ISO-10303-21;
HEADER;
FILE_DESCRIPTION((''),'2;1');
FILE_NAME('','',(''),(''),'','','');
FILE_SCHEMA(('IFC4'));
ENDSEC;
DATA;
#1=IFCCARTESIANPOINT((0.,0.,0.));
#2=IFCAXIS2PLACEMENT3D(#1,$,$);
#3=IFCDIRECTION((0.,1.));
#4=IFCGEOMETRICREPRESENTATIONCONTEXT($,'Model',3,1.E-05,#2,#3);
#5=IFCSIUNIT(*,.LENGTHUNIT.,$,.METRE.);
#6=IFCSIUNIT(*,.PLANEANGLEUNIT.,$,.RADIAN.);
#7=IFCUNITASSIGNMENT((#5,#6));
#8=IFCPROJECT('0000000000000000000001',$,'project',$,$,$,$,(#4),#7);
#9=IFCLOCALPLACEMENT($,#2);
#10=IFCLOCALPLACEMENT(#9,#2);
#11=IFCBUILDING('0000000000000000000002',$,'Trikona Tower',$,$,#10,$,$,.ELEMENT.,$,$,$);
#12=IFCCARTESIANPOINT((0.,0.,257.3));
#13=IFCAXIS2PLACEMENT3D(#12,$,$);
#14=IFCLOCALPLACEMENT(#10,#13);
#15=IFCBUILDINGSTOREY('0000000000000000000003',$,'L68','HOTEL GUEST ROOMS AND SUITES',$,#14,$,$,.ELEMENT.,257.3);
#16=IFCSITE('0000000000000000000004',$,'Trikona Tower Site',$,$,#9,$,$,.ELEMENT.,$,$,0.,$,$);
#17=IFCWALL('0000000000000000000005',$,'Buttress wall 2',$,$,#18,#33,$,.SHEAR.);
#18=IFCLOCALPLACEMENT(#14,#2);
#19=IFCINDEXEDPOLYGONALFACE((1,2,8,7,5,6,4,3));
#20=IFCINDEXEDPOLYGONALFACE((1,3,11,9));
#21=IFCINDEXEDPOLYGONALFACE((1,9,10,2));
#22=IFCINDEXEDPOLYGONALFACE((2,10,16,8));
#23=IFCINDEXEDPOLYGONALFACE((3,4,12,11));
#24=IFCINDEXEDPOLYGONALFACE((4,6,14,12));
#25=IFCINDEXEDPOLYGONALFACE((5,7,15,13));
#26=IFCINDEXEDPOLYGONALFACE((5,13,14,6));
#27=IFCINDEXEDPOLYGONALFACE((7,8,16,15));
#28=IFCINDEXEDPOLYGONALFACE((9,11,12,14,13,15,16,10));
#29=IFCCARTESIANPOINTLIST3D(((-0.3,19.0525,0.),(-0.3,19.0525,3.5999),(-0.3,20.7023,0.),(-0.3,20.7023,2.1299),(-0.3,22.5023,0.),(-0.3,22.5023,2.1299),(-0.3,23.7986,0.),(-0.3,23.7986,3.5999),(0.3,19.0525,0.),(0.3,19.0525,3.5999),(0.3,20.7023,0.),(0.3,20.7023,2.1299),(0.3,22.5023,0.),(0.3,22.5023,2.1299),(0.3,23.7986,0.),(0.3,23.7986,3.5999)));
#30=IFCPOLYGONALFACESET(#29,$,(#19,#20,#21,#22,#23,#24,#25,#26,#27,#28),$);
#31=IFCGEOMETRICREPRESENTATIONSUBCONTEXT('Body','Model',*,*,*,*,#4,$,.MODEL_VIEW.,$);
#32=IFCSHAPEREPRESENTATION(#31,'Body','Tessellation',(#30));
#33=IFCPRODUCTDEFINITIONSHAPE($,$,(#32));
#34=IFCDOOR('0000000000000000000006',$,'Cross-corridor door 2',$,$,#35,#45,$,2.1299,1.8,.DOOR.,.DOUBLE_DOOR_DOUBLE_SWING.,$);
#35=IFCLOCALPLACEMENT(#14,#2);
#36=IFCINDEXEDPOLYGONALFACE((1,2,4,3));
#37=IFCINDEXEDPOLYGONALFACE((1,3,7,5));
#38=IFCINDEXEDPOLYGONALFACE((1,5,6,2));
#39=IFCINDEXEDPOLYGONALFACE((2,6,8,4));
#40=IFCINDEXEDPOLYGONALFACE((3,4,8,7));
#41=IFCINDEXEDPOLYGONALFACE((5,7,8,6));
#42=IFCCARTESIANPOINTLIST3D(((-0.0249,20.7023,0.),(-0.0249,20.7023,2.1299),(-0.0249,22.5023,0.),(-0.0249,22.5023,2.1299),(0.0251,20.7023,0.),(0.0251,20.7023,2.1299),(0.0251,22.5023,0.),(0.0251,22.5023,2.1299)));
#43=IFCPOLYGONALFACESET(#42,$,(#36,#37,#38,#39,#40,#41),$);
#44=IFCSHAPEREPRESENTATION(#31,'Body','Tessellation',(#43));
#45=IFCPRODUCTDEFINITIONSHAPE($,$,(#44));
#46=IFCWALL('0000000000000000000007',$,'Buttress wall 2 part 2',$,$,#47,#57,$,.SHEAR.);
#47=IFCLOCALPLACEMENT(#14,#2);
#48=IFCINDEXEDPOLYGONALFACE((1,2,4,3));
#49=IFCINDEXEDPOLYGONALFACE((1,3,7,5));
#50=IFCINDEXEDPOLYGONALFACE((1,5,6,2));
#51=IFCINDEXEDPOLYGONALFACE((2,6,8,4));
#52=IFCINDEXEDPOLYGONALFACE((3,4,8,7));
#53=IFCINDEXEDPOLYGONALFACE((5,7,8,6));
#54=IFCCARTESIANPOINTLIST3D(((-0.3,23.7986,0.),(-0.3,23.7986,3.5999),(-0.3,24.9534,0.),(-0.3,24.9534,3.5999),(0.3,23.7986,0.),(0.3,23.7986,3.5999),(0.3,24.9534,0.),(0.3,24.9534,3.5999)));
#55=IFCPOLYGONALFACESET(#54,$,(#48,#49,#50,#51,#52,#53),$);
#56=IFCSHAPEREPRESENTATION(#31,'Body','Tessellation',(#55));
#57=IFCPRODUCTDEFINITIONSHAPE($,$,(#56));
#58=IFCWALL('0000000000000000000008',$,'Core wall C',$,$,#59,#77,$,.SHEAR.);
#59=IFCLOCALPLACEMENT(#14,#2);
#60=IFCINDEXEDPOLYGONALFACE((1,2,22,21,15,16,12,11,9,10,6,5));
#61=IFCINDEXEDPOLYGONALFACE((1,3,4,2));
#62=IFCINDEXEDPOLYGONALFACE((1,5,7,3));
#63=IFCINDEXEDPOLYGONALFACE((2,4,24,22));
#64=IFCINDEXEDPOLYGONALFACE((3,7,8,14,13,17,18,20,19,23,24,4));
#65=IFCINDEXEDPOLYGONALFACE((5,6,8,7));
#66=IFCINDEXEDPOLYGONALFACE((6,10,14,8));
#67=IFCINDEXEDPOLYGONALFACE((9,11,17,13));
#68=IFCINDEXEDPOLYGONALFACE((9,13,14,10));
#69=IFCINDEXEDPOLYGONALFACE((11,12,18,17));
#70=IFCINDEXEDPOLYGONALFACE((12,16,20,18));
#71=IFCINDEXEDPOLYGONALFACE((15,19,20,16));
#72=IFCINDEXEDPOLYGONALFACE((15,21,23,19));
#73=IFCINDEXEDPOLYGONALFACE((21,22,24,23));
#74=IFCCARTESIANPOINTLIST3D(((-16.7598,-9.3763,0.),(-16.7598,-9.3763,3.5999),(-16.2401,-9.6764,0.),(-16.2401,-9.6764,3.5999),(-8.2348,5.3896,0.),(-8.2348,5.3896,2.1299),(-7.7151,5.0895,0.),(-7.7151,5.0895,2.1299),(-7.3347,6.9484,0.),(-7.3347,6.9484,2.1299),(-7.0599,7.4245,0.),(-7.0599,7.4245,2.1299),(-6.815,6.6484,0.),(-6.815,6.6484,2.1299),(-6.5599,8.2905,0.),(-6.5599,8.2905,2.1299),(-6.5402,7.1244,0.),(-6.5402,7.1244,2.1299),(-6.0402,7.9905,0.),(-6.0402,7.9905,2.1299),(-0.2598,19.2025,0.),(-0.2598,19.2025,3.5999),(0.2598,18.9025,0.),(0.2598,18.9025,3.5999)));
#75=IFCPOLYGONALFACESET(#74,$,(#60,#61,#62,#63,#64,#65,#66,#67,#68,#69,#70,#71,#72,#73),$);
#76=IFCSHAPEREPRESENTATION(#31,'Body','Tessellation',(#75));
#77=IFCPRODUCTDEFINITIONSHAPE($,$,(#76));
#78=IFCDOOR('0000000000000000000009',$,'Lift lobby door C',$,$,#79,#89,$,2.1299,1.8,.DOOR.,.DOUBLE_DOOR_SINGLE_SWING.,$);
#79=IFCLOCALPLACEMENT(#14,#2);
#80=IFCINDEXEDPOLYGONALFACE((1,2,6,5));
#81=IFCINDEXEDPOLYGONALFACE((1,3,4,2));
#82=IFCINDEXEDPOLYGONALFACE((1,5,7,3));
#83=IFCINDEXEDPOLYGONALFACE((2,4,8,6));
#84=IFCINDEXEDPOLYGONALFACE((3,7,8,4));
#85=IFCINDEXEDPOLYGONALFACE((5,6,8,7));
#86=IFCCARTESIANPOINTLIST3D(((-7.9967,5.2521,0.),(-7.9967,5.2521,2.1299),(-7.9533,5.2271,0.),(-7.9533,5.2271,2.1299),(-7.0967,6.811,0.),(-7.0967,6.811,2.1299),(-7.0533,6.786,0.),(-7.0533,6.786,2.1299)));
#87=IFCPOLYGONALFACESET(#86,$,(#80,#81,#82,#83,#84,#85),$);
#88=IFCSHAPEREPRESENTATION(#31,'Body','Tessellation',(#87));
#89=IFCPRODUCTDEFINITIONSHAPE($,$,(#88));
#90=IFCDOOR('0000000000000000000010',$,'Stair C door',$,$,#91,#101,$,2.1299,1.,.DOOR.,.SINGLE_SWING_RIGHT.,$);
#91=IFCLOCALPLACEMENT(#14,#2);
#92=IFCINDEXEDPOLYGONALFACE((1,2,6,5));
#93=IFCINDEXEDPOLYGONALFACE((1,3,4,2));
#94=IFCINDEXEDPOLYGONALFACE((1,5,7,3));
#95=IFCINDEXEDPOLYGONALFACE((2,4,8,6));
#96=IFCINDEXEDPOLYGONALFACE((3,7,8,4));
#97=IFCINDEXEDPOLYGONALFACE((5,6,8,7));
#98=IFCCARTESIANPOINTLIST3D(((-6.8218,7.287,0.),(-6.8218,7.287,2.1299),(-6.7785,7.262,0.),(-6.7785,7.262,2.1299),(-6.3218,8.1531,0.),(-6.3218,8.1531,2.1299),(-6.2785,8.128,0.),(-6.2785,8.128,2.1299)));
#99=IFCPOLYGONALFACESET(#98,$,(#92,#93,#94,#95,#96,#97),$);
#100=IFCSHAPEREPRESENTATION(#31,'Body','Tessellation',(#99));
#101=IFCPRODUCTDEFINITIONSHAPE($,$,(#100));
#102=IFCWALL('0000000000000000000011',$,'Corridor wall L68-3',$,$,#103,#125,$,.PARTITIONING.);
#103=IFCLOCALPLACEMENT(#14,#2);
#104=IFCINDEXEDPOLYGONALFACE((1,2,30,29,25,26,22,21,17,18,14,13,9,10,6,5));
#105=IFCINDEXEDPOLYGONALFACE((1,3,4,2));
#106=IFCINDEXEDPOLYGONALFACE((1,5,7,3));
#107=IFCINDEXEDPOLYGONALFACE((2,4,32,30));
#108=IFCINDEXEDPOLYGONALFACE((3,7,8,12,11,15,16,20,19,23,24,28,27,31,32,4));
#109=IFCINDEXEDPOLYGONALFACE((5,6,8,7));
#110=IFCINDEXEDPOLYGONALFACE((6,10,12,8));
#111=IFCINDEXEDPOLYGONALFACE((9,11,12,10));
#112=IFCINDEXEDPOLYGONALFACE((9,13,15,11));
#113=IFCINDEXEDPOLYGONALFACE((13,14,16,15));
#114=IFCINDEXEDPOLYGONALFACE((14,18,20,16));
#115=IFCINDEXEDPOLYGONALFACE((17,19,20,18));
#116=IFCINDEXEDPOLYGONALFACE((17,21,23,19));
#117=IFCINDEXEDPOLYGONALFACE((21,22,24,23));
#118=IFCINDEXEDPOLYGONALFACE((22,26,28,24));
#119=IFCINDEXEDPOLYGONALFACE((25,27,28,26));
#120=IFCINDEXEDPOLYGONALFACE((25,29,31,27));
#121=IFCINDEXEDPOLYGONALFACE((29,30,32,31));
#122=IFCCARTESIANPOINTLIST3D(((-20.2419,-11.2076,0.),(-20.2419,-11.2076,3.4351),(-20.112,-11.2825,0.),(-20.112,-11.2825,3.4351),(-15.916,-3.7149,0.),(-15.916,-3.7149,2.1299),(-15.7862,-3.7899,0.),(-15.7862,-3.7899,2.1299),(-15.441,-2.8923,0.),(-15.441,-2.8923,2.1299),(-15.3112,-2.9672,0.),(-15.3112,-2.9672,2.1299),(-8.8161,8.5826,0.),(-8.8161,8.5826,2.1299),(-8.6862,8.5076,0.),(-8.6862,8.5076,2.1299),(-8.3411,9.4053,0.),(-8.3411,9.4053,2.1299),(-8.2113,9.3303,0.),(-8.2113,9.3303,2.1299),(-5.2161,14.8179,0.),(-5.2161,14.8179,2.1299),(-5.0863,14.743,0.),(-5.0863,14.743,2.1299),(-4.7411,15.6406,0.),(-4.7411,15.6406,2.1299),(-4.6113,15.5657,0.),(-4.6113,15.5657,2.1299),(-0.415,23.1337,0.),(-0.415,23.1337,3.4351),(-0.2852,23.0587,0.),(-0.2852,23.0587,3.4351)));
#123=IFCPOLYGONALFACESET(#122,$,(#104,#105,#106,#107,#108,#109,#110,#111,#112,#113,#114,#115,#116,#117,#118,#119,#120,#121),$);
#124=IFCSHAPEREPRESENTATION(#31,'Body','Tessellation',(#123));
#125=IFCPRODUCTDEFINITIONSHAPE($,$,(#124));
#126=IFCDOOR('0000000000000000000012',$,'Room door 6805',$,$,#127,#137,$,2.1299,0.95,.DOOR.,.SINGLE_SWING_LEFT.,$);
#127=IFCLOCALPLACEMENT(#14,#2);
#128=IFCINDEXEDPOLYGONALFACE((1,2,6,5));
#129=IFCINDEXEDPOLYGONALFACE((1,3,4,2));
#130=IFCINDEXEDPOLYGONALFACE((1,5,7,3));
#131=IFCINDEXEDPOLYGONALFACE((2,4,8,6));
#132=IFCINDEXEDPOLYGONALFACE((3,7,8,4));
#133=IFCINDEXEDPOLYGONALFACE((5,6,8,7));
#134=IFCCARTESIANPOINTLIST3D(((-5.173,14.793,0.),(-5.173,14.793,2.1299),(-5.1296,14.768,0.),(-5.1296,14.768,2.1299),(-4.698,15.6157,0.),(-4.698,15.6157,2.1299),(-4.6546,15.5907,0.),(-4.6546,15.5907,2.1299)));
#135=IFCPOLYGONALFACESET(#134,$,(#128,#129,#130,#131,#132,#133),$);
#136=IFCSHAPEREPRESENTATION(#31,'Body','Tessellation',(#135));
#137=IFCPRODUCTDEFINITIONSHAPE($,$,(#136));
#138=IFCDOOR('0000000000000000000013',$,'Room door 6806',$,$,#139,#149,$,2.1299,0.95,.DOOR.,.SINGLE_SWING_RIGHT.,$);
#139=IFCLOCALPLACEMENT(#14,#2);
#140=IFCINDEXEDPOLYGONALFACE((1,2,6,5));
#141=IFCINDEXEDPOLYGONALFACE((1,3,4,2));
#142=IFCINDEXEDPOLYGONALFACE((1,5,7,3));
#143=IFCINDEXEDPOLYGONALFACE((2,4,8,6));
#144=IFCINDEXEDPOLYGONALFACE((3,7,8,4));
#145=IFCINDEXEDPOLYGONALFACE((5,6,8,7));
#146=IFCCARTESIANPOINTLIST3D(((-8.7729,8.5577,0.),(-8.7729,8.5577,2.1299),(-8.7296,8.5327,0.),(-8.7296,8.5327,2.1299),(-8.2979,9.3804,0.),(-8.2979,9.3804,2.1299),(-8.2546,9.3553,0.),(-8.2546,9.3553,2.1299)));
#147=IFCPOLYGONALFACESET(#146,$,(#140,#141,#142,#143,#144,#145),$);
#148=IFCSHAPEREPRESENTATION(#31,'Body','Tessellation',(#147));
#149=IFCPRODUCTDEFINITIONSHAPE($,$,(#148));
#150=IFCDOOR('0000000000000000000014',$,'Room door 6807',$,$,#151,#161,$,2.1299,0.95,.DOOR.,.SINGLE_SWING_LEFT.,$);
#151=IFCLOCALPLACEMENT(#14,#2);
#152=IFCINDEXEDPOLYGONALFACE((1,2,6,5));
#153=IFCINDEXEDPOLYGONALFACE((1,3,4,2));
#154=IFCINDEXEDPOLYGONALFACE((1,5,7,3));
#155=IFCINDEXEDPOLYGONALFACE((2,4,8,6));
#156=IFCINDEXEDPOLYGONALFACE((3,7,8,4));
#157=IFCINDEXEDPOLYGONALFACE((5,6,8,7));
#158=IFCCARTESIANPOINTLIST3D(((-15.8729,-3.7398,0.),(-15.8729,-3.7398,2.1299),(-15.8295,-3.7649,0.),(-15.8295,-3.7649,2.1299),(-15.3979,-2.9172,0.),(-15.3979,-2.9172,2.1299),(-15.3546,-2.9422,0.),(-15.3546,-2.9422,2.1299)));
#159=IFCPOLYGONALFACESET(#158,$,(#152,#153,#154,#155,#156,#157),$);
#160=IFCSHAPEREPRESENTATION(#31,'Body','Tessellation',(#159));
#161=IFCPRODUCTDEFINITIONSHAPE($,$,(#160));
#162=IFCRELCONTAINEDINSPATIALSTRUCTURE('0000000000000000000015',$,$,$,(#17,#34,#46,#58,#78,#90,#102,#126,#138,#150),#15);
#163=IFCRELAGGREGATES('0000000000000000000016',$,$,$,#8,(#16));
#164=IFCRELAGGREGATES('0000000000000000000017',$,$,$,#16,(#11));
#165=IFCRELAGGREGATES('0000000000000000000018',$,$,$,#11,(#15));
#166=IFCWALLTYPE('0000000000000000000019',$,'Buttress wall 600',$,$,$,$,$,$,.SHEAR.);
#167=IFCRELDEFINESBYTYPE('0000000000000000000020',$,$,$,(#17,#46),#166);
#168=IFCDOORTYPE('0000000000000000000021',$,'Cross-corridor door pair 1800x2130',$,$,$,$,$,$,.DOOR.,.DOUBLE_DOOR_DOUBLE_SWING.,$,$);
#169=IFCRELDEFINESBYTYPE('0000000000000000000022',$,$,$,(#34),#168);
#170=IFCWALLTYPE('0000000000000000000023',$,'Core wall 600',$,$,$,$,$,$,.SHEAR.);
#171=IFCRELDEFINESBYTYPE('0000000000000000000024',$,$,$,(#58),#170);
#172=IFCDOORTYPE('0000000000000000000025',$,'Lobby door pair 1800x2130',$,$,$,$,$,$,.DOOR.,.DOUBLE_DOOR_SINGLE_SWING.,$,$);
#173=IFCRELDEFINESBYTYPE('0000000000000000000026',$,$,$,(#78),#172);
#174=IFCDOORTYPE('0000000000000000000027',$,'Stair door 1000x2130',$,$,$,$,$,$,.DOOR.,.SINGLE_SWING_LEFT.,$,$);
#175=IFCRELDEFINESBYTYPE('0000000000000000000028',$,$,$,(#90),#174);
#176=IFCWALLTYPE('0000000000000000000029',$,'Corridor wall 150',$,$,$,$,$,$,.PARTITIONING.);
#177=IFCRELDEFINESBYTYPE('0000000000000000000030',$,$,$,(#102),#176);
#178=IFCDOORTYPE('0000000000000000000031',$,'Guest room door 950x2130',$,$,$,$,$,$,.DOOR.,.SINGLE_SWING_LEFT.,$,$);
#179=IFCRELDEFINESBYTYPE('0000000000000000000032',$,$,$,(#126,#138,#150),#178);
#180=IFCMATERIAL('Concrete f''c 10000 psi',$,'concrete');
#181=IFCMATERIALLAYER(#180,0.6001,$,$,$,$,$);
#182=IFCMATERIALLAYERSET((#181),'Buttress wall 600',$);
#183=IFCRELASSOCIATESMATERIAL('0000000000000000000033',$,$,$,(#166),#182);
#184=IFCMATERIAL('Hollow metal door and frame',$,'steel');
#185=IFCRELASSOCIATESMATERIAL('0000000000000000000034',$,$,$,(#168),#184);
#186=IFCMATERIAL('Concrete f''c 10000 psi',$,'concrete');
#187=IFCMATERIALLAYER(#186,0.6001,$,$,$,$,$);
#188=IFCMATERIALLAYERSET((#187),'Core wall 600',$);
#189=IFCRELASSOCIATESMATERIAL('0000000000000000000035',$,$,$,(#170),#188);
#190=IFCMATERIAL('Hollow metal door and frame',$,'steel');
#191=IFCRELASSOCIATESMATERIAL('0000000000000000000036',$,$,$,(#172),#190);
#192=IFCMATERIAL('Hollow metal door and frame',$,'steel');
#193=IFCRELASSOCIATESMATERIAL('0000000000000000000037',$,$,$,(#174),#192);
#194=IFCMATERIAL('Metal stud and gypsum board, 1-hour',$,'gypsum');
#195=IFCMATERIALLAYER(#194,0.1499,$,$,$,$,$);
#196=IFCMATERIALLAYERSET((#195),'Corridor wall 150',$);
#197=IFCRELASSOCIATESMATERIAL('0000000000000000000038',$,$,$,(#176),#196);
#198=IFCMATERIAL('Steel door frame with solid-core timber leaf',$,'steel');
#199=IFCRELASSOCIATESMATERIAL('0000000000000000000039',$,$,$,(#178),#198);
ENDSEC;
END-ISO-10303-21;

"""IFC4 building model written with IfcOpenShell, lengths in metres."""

from ifc_helpers import new_model, si_unit, direction, frame, frame_2d, origin, place, context, subcontext, project, spatial, rectangle, extrude, material, layer, layer_set, type_object, element, fill, save


model = new_model("IFC4")

# Units and contexts
model_context = context("Model", 3, precision=1e-05, world=origin(), true_north=direction((0.0, 1.0)))
body_context = subcontext(model_context, "Body", "Model", "MODEL_VIEW")
ifc_project = project(units=[si_unit("LENGTHUNIT", "METRE"), si_unit("PLANEANGLEUNIT", "RADIAN")], contexts=[model_context])

# Site, building, storey
site_placement = place(None, origin())
site = spatial("IfcSite", under=ifc_project, at=site_placement, Name="Trikona Tower Site", CompositionType="ELEMENT", RefElevation=0.0)
building_placement = place(site_placement, origin())
building = spatial("IfcBuilding", under=site, at=building_placement, Name="Trikona Tower", CompositionType="ELEMENT")
storey_placement = place(building_placement, frame((0.0, 0.0, 257.3)))
storey = spatial("IfcBuildingStorey", under=building, at=storey_placement, Name="L68", Description="HOTEL GUEST ROOMS AND SUITES", CompositionType="ELEMENT", Elevation=257.3)

# Wall, opening, door
ifc_material_1 = material(Name="Concrete f'c 10000 psi", Category="concrete")
ifc_layer_1 = layer(ifc_material_1, 0.6001)
ifc_layer_set_1 = layer_set([ifc_layer_1], Name="Buttress wall 600")
wall_type_1 = type_object("IfcWallType", Name="Buttress wall 600", PredefinedType="SHEAR", material=ifc_layer_set_1)
wall_1_placement = place(storey_placement, frame((0.0, 19.0525, 0.0), z_axis=(0.0, 0.0, 1.0), x_axis=(0.0, 1.0, 0.0)))
wall_1 = element("IfcWall", 1, at=wall_1_placement, inside=storey, type_object=wall_type_1, Name="Buttress wall 2", PredefinedType="SHEAR", context=body_context, shape_type="SweptSolid", body=[
    extrude(rectangle(XDim=4.7461, YDim=0.6001, at=frame_2d((2.373, 0.0))), origin(), (0.0, 0.0, 1.0), 3.5999),
])
opening_1_placement = place(wall_1_placement, frame((1.6499, 0.0, 0.0)))
opening_1 = element("IfcOpeningElement", 2, at=opening_1_placement, cuts=wall_1, PredefinedType="OPENING", context=body_context, shape_type="SweptSolid", body=[
    extrude(rectangle(XDim=1.8, YDim=2.1299, at=frame_2d((0.8999, 1.0649))), frame((0.0, 0.3101, 0.0), z_axis=(0.0, -1.0, 0.0), x_axis=(1.0, 0.0, 0.0)), (0.0, 0.0, 1.0), 0.6201),
])
ifc_material_2 = material(Name="Hollow metal door and frame", Category="steel")
door_type_1 = type_object("IfcDoorType", Name="Cross-corridor door pair 1800x2130", OperationType="DOUBLE_DOOR_DOUBLE_SWING", PredefinedType="DOOR", material=ifc_material_2)
door_1_placement = place(opening_1_placement, origin())
door_1 = element("IfcDoor", 3, at=door_1_placement, inside=storey, type_object=door_type_1, Name="Cross-corridor door 2", OperationType="DOUBLE_DOOR_DOUBLE_SWING", OverallHeight=2.1299, OverallWidth=1.8, PredefinedType="DOOR", context=body_context, shape_type="SweptSolid", body=[
    extrude(rectangle(XDim=1.8, YDim=2.1299, at=frame_2d((0.8999, 1.0649))), frame((0.0, 0.0249, 0.0), z_axis=(0.0, -1.0, 0.0), x_axis=(1.0, 0.0, 0.0)), (0.0, 0.0, 1.0), 0.05),
])
fill(opening_1, door_1)

# Wall
wall_2_placement = place(storey_placement, frame((0.0, 23.7986, 0.0), z_axis=(0.0, 0.0, 1.0), x_axis=(0.0, 1.0, 0.0)))
element("IfcWall", 4, at=wall_2_placement, inside=storey, type_object=wall_type_1, Name="Buttress wall 2 part 2", PredefinedType="SHEAR", context=body_context, shape_type="SweptSolid", body=[
    extrude(rectangle(XDim=1.1548, YDim=0.6001, at=frame_2d((0.5774, 0.0))), origin(), (0.0, 0.0, 1.0), 3.5999),
])

# Walls, openings, doors
ifc_material_3 = material(Name="Concrete f'c 10000 psi", Category="concrete")
ifc_layer_2 = layer(ifc_material_3, 0.6001)
ifc_layer_set_2 = layer_set([ifc_layer_2], Name="Core wall 600")
wall_type_2 = type_object("IfcWallType", Name="Core wall 600", PredefinedType="SHEAR", material=ifc_layer_set_2)
wall_3_placement = place(storey_placement, frame((0.0, 19.0525, 0.0), z_axis=(0.0, 0.0, 1.0), x_axis=(-0.5, -0.866026, 0.0)))
wall_3 = element("IfcWall", 5, at=wall_3_placement, inside=storey, type_object=wall_type_2, Name="Core wall C", PredefinedType="SHEAR", context=body_context, shape_type="SweptSolid", body=[
    extrude(rectangle(XDim=33.0, YDim=0.6001, at=frame_2d((16.5, 0.0))), origin(), (0.0, 0.0, 1.0), 3.5999),
])
opening_2_placement = place(wall_3_placement, frame((14.1499, 0.0, 0.0)))
opening_2 = element("IfcOpeningElement", 6, at=opening_2_placement, cuts=wall_3, PredefinedType="OPENING", context=body_context, shape_type="SweptSolid", body=[
    extrude(rectangle(XDim=1.8, YDim=2.1299, at=frame_2d((0.8999, 1.0649))), frame((0.0, 0.3101, 0.0), z_axis=(0.0, -1.0, 0.0), x_axis=(1.0, 0.0, 0.0)), (0.0, 0.0, 1.0), 0.6201),
])
opening_3_placement = place(wall_3_placement, frame((12.6001, 0.0, 0.0)))
opening_3 = element("IfcOpeningElement", 7, at=opening_3_placement, cuts=wall_3, PredefinedType="OPENING", context=body_context, shape_type="SweptSolid", body=[
    extrude(rectangle(XDim=1.0, YDim=2.1299, at=frame_2d((0.5, 1.0649))), frame((0.0, 0.3101, 0.0), z_axis=(0.0, -1.0, 0.0), x_axis=(1.0, 0.0, 0.0)), (0.0, 0.0, 1.0), 0.6201),
])
ifc_material_4 = material(Name="Hollow metal door and frame", Category="steel")
door_type_2 = type_object("IfcDoorType", Name="Lobby door pair 1800x2130", OperationType="DOUBLE_DOOR_SINGLE_SWING", PredefinedType="DOOR", material=ifc_material_4)
door_2_placement = place(opening_2_placement, origin())
door_2 = element("IfcDoor", 8, at=door_2_placement, inside=storey, type_object=door_type_2, Name="Lift lobby door C", OperationType="DOUBLE_DOOR_SINGLE_SWING", OverallHeight=2.1299, OverallWidth=1.8, PredefinedType="DOOR", context=body_context, shape_type="SweptSolid", body=[
    extrude(rectangle(XDim=1.8, YDim=2.1299, at=frame_2d((0.8999, 1.0649))), frame((0.0, 0.0249, 0.0), z_axis=(0.0, -1.0, 0.0), x_axis=(1.0, 0.0, 0.0)), (0.0, 0.0, 1.0), 0.05),
])
fill(opening_2, door_2)
ifc_material_5 = material(Name="Hollow metal door and frame", Category="steel")
door_type_3 = type_object("IfcDoorType", Name="Stair door 1000x2130", OperationType="SINGLE_SWING_LEFT", PredefinedType="DOOR", material=ifc_material_5)
door_3_placement = place(opening_3_placement, origin())
door_3 = element("IfcDoor", 9, at=door_3_placement, inside=storey, type_object=door_type_3, Name="Stair C door", OperationType="SINGLE_SWING_RIGHT", OverallHeight=2.1299, OverallWidth=1.0, PredefinedType="DOOR", context=body_context, shape_type="SweptSolid", body=[
    extrude(rectangle(XDim=1.0, YDim=2.1299, at=frame_2d((0.5, 1.0649))), frame((0.0, 0.0249, 0.0), z_axis=(0.0, -1.0, 0.0), x_axis=(1.0, 0.0, 0.0)), (0.0, 0.0, 1.0), 0.05),
])
fill(opening_3, door_3)
ifc_material_6 = material(Name="Metal stud and gypsum board, 1-hour", Category="gypsum")
ifc_layer_3 = layer(ifc_material_6, 0.1499)
ifc_layer_set_3 = layer_set([ifc_layer_3], Name="Corridor wall 150")
wall_type_3 = type_object("IfcWallType", Name="Corridor wall 150", PredefinedType="PARTITIONING", material=ifc_layer_set_3)
wall_4_placement = place(storey_placement, frame((-0.3501, 23.0962, 0.0), z_axis=(0.0, 0.0, 1.0), x_axis=(-0.499999, -0.866026, 0.0)))
wall_4 = element("IfcWall", 10, at=wall_4_placement, inside=storey, type_object=wall_type_3, Name="Corridor wall L68-3", PredefinedType="PARTITIONING", context=body_context, shape_type="SweptSolid", body=[
    extrude(rectangle(XDim=39.6538, YDim=0.1499, at=frame_2d((19.8269, 0.0))), origin(), (0.0, 0.0, 1.0), 3.4351),
])
opening_4_placement = place(wall_4_placement, frame((8.6521, 0.0, 0.0)))
opening_4 = element("IfcOpeningElement", 11, at=opening_4_placement, cuts=wall_4, PredefinedType="OPENING", context=body_context, shape_type="SweptSolid", body=[
    extrude(rectangle(XDim=0.95, YDim=2.1299, at=frame_2d((0.4751, 1.0649))), frame((0.0, 0.085, 0.0), z_axis=(0.0, -1.0, 0.0), x_axis=(1.0, 0.0, 0.0)), (0.0, 0.0, 1.0), 0.1699),
])
opening_5_placement = place(wall_4_placement, frame((15.8521, 0.0, 0.0)))
opening_5 = element("IfcOpeningElement", 12, at=opening_5_placement, cuts=wall_4, PredefinedType="OPENING", context=body_context, shape_type="SweptSolid", body=[
    extrude(rectangle(XDim=0.95, YDim=2.1299, at=frame_2d((0.4751, 1.0649))), frame((0.0, 0.085, 0.0), z_axis=(0.0, -1.0, 0.0), x_axis=(1.0, 0.0, 0.0)), (0.0, 0.0, 1.0), 0.1699),
])
opening_6_placement = place(wall_4_placement, frame((30.052, 0.0, 0.0)))
opening_6 = element("IfcOpeningElement", 13, at=opening_6_placement, cuts=wall_4, PredefinedType="OPENING", context=body_context, shape_type="SweptSolid", body=[
    extrude(rectangle(XDim=0.95, YDim=2.1299, at=frame_2d((0.4751, 1.0649))), frame((0.0, 0.085, 0.0), z_axis=(0.0, -1.0, 0.0), x_axis=(1.0, 0.0, 0.0)), (0.0, 0.0, 1.0), 0.1699),
])
ifc_material_7 = material(Name="Steel door frame with solid-core timber leaf", Category="steel")
door_type_4 = type_object("IfcDoorType", Name="Guest room door 950x2130", OperationType="SINGLE_SWING_LEFT", PredefinedType="DOOR", material=ifc_material_7)
door_4_placement = place(opening_4_placement, origin())
door_4 = element("IfcDoor", 14, at=door_4_placement, inside=storey, type_object=door_type_4, Name="Room door 6805", OperationType="SINGLE_SWING_LEFT", OverallHeight=2.1299, OverallWidth=0.95, PredefinedType="DOOR", context=body_context, shape_type="SweptSolid", body=[
    extrude(rectangle(XDim=0.95, YDim=2.1299, at=frame_2d((0.4751, 1.0649))), frame((0.0, 0.0249, 0.0), z_axis=(0.0, -1.0, 0.0), x_axis=(1.0, 0.0, 0.0)), (0.0, 0.0, 1.0), 0.05),
])
fill(opening_4, door_4)
door_5_placement = place(opening_5_placement, origin())
door_5 = element("IfcDoor", 15, at=door_5_placement, inside=storey, type_object=door_type_4, Name="Room door 6806", OperationType="SINGLE_SWING_RIGHT", OverallHeight=2.1299, OverallWidth=0.95, PredefinedType="DOOR", context=body_context, shape_type="SweptSolid", body=[
    extrude(rectangle(XDim=0.95, YDim=2.1299, at=frame_2d((0.4751, 1.0649))), frame((0.0, 0.0249, 0.0), z_axis=(0.0, -1.0, 0.0), x_axis=(1.0, 0.0, 0.0)), (0.0, 0.0, 1.0), 0.05),
])
fill(opening_5, door_5)
door_6_placement = place(opening_6_placement, origin())
door_6 = element("IfcDoor", 16, at=door_6_placement, inside=storey, type_object=door_type_4, Name="Room door 6807", OperationType="SINGLE_SWING_LEFT", OverallHeight=2.1299, OverallWidth=0.95, PredefinedType="DOOR", context=body_context, shape_type="SweptSolid", body=[
    extrude(rectangle(XDim=0.95, YDim=2.1299, at=frame_2d((0.4751, 1.0649))), frame((0.0, 0.0249, 0.0), z_axis=(0.0, -1.0, 0.0), x_axis=(1.0, 0.0, 0.0)), (0.0, 0.0, 1.0), 0.05),
])
fill(opening_6, door_6)

save(model, "model.ifc")
